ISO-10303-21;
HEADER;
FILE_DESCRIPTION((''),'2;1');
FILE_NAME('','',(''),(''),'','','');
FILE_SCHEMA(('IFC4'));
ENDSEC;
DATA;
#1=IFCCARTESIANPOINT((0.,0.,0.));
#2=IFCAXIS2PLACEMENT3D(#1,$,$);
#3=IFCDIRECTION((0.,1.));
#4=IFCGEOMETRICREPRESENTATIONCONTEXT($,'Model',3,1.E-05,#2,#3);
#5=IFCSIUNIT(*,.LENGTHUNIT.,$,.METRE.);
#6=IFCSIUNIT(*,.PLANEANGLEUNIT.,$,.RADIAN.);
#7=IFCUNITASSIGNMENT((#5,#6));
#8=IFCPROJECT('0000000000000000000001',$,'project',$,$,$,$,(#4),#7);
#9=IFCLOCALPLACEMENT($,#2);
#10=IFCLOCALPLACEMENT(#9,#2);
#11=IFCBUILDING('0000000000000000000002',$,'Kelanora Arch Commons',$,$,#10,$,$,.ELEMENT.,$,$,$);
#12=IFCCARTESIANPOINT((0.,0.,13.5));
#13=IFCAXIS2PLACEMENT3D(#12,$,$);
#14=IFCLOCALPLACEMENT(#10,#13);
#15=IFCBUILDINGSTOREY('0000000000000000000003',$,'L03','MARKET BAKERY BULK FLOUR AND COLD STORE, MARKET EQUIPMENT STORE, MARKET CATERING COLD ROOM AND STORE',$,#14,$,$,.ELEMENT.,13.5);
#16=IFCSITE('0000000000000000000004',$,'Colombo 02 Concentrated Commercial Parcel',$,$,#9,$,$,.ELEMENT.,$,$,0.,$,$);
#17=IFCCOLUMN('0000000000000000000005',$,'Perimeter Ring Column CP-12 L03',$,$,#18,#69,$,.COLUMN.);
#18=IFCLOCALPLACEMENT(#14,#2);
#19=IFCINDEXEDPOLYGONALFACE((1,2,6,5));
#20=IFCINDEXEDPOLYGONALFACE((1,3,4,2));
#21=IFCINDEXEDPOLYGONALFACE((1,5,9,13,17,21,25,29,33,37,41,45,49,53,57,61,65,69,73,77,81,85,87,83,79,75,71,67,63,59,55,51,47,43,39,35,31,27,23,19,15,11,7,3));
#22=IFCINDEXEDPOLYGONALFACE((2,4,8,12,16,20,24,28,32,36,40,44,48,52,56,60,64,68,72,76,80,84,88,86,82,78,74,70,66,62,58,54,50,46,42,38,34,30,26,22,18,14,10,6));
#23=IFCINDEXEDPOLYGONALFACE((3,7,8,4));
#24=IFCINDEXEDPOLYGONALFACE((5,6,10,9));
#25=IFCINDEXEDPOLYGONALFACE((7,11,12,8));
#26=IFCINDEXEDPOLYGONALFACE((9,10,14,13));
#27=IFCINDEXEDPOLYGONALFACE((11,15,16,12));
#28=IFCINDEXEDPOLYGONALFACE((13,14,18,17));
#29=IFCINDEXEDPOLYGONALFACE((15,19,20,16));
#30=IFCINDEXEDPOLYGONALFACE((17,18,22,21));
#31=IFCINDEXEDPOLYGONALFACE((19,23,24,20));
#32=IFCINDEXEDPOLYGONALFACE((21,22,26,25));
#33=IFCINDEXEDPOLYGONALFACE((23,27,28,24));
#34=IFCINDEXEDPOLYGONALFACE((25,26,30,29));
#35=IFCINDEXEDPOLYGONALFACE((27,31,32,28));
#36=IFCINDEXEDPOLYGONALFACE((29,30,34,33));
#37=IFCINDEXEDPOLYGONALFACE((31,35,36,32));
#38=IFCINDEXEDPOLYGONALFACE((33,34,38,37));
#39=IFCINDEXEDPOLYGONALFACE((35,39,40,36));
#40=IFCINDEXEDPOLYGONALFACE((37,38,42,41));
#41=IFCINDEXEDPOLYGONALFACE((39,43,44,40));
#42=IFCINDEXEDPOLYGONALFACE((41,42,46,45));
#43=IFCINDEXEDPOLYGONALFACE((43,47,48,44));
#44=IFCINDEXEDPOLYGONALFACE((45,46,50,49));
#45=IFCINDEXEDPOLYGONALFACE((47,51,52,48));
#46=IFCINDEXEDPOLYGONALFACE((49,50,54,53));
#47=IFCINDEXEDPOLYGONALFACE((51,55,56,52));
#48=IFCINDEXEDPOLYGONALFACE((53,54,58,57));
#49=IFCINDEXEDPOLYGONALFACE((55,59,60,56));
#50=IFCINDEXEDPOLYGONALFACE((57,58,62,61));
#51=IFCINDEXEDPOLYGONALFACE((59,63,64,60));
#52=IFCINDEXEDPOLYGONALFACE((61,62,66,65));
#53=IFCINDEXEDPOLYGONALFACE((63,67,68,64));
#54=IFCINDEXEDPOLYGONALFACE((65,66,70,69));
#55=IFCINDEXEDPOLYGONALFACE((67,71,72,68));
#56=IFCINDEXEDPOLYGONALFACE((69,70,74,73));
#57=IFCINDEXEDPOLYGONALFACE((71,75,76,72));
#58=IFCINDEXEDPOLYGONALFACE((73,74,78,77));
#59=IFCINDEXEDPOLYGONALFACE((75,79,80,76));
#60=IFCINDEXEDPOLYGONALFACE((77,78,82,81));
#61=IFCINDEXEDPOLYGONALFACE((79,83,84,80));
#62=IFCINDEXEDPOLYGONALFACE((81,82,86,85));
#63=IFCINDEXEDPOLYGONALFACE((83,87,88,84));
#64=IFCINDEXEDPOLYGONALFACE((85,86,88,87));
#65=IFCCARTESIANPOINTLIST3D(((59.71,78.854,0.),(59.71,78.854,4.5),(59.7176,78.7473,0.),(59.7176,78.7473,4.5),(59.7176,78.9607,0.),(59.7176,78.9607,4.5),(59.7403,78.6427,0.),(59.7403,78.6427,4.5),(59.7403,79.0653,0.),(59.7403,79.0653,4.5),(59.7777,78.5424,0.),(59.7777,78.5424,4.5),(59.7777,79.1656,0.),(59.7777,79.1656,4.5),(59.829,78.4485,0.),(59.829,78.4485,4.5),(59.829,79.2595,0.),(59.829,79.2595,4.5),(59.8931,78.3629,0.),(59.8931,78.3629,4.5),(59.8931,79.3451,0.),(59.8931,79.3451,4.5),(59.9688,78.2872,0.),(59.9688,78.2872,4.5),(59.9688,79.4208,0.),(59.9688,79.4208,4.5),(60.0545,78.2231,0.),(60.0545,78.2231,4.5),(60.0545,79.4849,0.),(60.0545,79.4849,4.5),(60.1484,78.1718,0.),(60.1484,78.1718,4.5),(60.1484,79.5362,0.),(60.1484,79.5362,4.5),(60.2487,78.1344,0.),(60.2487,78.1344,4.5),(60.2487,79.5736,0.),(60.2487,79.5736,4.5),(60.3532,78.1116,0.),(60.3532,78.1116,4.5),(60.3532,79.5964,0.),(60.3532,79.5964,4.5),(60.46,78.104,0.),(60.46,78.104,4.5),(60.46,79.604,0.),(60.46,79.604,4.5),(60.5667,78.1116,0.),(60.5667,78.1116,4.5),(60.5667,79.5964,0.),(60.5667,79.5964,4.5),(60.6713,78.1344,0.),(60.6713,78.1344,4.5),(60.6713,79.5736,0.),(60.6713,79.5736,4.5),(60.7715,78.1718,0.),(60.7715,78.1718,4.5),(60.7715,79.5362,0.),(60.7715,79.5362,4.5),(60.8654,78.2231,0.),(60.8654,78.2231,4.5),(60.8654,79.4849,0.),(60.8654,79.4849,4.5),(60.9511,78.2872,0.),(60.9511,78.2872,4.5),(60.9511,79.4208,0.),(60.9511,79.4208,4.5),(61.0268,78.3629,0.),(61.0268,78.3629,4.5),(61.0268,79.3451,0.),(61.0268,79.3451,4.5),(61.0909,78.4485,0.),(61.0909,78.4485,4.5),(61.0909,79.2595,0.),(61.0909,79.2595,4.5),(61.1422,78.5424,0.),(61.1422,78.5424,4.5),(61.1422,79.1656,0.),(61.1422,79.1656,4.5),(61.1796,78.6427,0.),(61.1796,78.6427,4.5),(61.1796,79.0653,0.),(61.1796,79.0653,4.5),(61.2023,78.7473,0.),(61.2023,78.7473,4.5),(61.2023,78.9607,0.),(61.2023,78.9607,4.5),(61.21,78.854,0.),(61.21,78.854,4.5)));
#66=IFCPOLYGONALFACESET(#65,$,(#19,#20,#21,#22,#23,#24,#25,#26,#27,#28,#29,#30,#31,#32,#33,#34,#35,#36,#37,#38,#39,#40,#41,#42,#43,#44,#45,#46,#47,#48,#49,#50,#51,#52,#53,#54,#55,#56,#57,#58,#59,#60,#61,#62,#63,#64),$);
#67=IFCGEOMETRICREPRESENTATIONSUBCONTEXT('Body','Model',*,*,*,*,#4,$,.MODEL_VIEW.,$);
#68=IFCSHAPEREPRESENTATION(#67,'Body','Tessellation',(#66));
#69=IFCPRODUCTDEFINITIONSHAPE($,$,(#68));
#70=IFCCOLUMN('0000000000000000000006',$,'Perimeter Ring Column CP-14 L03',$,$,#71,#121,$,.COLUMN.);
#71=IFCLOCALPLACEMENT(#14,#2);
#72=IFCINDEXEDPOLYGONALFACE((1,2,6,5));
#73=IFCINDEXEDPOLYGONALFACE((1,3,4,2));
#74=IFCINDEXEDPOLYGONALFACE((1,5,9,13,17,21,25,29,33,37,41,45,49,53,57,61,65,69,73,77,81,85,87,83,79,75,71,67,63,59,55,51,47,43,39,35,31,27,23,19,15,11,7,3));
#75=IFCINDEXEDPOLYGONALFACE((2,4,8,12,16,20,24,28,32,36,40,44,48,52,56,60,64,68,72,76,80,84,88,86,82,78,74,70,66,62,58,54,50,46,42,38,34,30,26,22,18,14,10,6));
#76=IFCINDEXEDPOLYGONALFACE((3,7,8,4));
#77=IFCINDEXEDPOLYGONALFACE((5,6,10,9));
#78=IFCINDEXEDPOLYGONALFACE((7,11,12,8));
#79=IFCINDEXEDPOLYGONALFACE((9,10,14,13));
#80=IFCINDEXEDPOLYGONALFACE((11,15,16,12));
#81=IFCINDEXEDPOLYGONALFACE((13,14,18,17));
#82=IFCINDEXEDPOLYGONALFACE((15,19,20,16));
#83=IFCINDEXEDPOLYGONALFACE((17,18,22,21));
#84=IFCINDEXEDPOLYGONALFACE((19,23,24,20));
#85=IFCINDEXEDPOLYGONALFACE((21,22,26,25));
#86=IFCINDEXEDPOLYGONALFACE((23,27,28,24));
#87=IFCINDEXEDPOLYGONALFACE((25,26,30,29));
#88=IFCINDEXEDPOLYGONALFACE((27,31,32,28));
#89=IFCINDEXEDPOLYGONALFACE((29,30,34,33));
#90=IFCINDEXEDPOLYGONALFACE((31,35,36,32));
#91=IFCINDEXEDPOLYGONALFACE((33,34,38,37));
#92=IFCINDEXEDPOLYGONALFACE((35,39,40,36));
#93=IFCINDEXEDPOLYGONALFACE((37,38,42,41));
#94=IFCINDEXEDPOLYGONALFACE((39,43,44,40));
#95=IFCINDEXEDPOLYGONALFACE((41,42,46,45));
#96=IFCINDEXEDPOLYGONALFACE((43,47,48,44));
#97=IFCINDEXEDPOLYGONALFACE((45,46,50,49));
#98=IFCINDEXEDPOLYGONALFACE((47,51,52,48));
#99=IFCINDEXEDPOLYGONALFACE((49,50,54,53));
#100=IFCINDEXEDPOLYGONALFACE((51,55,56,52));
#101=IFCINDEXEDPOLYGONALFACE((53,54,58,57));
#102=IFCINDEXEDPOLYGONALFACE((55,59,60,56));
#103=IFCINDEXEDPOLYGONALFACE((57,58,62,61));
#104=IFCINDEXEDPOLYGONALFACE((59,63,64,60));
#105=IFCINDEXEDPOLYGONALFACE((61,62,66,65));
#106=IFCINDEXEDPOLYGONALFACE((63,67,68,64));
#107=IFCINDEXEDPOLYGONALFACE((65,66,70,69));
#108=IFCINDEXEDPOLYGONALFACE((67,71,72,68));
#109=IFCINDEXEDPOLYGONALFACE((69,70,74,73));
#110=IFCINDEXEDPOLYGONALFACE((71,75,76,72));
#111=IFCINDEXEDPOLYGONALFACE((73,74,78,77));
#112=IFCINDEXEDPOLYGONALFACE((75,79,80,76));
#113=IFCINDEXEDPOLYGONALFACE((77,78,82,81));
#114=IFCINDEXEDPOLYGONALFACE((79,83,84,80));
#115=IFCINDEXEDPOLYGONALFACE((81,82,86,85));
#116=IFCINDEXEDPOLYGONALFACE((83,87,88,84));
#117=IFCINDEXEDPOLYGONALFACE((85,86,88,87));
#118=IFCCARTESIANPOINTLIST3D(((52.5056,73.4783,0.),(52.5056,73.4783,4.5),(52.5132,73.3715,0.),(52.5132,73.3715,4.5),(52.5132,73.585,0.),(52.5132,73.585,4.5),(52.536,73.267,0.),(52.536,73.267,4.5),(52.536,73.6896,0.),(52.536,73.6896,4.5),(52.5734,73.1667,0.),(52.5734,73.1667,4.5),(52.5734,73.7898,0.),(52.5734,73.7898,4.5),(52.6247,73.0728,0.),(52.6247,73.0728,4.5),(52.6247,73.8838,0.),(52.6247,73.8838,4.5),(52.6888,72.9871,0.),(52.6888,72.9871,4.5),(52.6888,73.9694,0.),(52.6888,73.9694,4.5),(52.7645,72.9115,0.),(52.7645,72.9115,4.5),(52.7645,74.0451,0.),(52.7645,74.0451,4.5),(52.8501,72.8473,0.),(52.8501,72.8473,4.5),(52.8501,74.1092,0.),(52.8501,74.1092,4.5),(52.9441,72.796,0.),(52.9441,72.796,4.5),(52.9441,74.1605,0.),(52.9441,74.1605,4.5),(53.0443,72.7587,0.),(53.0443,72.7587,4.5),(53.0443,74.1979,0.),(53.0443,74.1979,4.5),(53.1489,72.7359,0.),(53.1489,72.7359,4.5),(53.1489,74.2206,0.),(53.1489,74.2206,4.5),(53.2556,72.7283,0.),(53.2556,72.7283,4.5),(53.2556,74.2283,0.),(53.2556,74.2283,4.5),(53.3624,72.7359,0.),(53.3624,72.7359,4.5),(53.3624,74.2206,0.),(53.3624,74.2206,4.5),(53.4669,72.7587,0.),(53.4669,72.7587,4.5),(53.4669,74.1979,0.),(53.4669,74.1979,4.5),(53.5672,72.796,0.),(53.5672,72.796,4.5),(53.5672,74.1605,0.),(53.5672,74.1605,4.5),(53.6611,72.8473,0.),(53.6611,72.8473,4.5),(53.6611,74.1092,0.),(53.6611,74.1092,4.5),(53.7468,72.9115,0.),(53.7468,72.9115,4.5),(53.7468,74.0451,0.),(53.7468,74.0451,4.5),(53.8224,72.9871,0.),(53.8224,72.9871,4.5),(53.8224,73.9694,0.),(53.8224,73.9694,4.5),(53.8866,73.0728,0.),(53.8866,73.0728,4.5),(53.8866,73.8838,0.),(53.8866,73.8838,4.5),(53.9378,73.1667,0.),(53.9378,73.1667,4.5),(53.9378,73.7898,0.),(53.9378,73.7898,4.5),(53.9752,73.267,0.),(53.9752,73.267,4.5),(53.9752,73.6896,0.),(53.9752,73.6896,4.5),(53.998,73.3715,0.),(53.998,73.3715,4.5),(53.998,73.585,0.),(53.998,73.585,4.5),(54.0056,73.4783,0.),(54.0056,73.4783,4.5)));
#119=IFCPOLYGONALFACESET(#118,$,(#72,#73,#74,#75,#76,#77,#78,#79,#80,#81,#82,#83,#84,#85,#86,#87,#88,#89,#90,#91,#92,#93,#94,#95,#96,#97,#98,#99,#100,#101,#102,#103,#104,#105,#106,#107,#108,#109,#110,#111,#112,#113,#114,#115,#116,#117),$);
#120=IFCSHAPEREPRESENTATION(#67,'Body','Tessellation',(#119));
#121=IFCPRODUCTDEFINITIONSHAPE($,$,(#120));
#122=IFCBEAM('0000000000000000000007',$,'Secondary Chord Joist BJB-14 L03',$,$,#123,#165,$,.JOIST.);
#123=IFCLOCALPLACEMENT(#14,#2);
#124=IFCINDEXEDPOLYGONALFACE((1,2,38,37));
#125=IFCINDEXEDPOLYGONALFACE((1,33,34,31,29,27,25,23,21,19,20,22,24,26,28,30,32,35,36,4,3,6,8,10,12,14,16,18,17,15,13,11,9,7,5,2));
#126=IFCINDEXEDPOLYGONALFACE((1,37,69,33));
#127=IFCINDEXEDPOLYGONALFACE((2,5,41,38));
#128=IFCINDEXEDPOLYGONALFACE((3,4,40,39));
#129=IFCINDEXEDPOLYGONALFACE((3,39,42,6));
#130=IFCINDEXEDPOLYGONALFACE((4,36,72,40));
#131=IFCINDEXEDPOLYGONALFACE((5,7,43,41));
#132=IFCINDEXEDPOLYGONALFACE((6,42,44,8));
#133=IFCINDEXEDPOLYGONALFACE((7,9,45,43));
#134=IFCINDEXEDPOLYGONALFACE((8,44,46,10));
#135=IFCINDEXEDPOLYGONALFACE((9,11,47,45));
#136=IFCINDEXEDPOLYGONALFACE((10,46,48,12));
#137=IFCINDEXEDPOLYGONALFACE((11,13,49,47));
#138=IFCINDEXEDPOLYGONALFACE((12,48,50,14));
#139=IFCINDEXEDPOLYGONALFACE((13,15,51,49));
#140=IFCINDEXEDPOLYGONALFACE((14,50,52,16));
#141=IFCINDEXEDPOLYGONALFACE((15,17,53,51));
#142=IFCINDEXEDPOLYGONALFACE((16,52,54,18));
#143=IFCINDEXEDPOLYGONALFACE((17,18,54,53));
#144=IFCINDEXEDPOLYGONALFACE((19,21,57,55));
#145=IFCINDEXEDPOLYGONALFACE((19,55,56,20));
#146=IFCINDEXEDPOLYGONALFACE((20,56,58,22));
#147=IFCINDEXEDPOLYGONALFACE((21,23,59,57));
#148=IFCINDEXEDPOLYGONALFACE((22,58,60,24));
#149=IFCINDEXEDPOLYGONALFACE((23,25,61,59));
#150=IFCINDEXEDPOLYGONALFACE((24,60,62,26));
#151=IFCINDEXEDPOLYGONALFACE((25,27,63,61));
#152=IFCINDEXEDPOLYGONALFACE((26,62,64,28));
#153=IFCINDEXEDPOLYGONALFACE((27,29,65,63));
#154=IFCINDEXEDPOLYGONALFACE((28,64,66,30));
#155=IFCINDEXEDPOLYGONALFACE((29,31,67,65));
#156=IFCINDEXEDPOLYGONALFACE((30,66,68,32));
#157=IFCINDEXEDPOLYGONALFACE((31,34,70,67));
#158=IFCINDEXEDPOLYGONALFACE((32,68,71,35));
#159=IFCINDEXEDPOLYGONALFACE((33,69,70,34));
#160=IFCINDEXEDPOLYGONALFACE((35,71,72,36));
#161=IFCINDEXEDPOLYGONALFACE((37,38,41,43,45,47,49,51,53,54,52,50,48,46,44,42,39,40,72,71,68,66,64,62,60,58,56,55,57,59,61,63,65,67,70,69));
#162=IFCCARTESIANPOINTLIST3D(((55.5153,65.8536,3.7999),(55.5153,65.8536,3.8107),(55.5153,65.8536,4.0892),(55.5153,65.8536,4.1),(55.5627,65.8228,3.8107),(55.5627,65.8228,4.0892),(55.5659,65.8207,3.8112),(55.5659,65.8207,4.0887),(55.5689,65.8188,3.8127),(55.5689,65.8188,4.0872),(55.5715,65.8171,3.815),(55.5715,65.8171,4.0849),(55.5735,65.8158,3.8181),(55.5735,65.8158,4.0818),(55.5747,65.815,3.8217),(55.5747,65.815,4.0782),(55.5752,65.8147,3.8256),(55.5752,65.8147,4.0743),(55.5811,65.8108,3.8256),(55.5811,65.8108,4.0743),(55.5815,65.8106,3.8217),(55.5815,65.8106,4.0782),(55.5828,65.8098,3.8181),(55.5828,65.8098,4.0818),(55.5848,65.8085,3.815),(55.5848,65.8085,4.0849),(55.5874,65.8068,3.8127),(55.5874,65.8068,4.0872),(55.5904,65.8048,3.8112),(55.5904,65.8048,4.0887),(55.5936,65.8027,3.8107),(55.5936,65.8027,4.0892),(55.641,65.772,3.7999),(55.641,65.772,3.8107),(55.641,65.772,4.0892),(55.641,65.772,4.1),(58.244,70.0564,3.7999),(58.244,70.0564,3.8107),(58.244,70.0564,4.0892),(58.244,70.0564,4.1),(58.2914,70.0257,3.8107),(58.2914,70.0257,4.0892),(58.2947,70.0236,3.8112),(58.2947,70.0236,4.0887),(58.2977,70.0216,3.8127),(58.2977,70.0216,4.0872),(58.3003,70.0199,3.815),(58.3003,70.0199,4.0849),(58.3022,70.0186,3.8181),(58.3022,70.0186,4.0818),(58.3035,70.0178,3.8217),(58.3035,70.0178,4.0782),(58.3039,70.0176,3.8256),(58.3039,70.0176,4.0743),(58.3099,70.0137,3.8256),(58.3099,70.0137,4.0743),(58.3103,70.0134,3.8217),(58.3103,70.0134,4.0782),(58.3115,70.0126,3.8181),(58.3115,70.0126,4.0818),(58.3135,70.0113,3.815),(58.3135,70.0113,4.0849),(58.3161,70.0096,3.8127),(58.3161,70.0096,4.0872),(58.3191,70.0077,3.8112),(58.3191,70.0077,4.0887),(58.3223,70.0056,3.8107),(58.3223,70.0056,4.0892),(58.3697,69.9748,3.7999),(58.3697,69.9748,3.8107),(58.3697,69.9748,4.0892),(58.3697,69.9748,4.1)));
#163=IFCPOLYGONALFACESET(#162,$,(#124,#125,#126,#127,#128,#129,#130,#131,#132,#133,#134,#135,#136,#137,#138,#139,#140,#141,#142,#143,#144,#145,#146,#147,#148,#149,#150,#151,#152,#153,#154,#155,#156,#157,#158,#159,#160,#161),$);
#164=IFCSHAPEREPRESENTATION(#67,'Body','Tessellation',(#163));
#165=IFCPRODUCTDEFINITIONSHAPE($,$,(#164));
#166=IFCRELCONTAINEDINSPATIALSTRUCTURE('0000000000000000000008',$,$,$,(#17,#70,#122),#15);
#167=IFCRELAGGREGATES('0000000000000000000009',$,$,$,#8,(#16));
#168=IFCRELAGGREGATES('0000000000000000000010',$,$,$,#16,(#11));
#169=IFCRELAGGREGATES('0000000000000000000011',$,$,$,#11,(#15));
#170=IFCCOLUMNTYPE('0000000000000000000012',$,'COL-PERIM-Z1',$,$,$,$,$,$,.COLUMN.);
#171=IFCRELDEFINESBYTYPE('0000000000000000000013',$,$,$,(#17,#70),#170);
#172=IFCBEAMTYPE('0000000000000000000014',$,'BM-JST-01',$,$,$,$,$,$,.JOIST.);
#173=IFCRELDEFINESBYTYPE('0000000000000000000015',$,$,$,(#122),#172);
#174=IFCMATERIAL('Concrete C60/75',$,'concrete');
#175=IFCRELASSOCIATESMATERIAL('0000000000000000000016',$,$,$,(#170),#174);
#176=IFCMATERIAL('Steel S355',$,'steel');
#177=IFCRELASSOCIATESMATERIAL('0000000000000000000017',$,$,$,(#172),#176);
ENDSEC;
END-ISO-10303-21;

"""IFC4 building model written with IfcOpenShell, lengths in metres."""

from ifc_helpers import new_model, si_unit, direction, frame, origin, origin_2d, place, context, subcontext, project, spatial, circle, i_section, extrude, material, material_profile, profile_set, type_object, element, save


model = new_model("IFC4")

# Units and contexts
model_context = context("Model", 3, precision=1e-05, world=origin(), true_north=direction((0.0, 1.0)))
body_context = subcontext(model_context, "Body", "Model", "MODEL_VIEW")
ifc_project = project(units=[si_unit("LENGTHUNIT", "METRE"), si_unit("PLANEANGLEUNIT", "RADIAN")], contexts=[model_context])

# Site, building, storey
site_placement = place(None, origin())
site = spatial("IfcSite", under=ifc_project, at=site_placement, Name="Colombo 02 Concentrated Commercial Parcel", CompositionType="ELEMENT", RefElevation=0.0)
building_placement = place(site_placement, origin())
building = spatial("IfcBuilding", under=site, at=building_placement, Name="Kelanora Arch Commons", CompositionType="ELEMENT")
storey_placement = place(building_placement, frame((0.0, 0.0, 13.5)))
storey = spatial("IfcBuildingStorey", under=building, at=storey_placement, Name="L03", Description="MARKET BAKERY BULK FLOUR AND COLD STORE, MARKET EQUIPMENT STORE, MARKET CATERING COLD ROOM AND STORE", CompositionType="ELEMENT", Elevation=13.5)

# Columns
ifc_material_1 = material(Name="Concrete C60/75", Category="concrete")
ifc_material_profile_1 = material_profile(ifc_material_1, circle(Radius=0.75, at=origin_2d()), Name="RCC1500")
ifc_profile_set_1 = profile_set([ifc_material_profile_1], Name="Concrete C60/75")
column_type = type_object("IfcColumnType", Name="COL-PERIM-Z1", PredefinedType="COLUMN", material=ifc_profile_set_1)
for number, where, z_axis, x_axis, name in (
    (1, (60.46, 78.854, 0.0), (0.0, 0.0, 1.0), (1.0, 0.0, 0.0), "Perimeter Ring Column CP-12 L03"),
    (2, (53.2556, 73.4783, 0.0), (0.0, 0.0, 1.0), (1.0, 0.0, 0.0), "Perimeter Ring Column CP-14 L03"),
):
    element("IfcColumn", number, at=place(storey_placement, frame(where, z_axis=z_axis, x_axis=x_axis)), inside=storey, type_object=column_type, Name=name, PredefinedType="COLUMN", context=body_context, shape_type="SweptSolid", body=[
        extrude(circle(Radius=0.75, at=origin_2d()), origin(), (0.0, 0.0, 1.0), 4.5),
    ])

# Beam
ifc_material_2 = material(Name="Steel S355", Category="steel")
ifc_material_profile_2 = material_profile(ifc_material_2, i_section(OverallWidth=0.1499, OverallDepth=0.3, WebThickness=0.0071, FlangeThickness=0.0107, FilletRadius=0.0149, at=origin_2d()), Name="IPE300")
ifc_profile_set_2 = profile_set([ifc_material_profile_2], Name="Steel S355")
beam_type_1 = type_object("IfcBeamType", Name="BM-JST-01", PredefinedType="JOIST", material=ifc_profile_set_2)
beam_1_placement = place(storey_placement, frame((58.3069, 70.0156, 3.95), z_axis=(-0.544552, -0.838727, 0.0), x_axis=(0.838727, -0.544552, 0.0)))
element("IfcBeam", 3, at=beam_1_placement, inside=storey, type_object=beam_type_1, Name="Secondary Chord Joist BJB-14 L03", PredefinedType="JOIST", context=body_context, shape_type="SweptSolid", body=[
    extrude(i_section(OverallWidth=0.1499, OverallDepth=0.3, WebThickness=0.0071, FlangeThickness=0.0107, FilletRadius=0.0149, at=origin_2d()), origin(), (0.0, 0.0, 1.0), 5.011),
])

save(model, "model.ifc")
